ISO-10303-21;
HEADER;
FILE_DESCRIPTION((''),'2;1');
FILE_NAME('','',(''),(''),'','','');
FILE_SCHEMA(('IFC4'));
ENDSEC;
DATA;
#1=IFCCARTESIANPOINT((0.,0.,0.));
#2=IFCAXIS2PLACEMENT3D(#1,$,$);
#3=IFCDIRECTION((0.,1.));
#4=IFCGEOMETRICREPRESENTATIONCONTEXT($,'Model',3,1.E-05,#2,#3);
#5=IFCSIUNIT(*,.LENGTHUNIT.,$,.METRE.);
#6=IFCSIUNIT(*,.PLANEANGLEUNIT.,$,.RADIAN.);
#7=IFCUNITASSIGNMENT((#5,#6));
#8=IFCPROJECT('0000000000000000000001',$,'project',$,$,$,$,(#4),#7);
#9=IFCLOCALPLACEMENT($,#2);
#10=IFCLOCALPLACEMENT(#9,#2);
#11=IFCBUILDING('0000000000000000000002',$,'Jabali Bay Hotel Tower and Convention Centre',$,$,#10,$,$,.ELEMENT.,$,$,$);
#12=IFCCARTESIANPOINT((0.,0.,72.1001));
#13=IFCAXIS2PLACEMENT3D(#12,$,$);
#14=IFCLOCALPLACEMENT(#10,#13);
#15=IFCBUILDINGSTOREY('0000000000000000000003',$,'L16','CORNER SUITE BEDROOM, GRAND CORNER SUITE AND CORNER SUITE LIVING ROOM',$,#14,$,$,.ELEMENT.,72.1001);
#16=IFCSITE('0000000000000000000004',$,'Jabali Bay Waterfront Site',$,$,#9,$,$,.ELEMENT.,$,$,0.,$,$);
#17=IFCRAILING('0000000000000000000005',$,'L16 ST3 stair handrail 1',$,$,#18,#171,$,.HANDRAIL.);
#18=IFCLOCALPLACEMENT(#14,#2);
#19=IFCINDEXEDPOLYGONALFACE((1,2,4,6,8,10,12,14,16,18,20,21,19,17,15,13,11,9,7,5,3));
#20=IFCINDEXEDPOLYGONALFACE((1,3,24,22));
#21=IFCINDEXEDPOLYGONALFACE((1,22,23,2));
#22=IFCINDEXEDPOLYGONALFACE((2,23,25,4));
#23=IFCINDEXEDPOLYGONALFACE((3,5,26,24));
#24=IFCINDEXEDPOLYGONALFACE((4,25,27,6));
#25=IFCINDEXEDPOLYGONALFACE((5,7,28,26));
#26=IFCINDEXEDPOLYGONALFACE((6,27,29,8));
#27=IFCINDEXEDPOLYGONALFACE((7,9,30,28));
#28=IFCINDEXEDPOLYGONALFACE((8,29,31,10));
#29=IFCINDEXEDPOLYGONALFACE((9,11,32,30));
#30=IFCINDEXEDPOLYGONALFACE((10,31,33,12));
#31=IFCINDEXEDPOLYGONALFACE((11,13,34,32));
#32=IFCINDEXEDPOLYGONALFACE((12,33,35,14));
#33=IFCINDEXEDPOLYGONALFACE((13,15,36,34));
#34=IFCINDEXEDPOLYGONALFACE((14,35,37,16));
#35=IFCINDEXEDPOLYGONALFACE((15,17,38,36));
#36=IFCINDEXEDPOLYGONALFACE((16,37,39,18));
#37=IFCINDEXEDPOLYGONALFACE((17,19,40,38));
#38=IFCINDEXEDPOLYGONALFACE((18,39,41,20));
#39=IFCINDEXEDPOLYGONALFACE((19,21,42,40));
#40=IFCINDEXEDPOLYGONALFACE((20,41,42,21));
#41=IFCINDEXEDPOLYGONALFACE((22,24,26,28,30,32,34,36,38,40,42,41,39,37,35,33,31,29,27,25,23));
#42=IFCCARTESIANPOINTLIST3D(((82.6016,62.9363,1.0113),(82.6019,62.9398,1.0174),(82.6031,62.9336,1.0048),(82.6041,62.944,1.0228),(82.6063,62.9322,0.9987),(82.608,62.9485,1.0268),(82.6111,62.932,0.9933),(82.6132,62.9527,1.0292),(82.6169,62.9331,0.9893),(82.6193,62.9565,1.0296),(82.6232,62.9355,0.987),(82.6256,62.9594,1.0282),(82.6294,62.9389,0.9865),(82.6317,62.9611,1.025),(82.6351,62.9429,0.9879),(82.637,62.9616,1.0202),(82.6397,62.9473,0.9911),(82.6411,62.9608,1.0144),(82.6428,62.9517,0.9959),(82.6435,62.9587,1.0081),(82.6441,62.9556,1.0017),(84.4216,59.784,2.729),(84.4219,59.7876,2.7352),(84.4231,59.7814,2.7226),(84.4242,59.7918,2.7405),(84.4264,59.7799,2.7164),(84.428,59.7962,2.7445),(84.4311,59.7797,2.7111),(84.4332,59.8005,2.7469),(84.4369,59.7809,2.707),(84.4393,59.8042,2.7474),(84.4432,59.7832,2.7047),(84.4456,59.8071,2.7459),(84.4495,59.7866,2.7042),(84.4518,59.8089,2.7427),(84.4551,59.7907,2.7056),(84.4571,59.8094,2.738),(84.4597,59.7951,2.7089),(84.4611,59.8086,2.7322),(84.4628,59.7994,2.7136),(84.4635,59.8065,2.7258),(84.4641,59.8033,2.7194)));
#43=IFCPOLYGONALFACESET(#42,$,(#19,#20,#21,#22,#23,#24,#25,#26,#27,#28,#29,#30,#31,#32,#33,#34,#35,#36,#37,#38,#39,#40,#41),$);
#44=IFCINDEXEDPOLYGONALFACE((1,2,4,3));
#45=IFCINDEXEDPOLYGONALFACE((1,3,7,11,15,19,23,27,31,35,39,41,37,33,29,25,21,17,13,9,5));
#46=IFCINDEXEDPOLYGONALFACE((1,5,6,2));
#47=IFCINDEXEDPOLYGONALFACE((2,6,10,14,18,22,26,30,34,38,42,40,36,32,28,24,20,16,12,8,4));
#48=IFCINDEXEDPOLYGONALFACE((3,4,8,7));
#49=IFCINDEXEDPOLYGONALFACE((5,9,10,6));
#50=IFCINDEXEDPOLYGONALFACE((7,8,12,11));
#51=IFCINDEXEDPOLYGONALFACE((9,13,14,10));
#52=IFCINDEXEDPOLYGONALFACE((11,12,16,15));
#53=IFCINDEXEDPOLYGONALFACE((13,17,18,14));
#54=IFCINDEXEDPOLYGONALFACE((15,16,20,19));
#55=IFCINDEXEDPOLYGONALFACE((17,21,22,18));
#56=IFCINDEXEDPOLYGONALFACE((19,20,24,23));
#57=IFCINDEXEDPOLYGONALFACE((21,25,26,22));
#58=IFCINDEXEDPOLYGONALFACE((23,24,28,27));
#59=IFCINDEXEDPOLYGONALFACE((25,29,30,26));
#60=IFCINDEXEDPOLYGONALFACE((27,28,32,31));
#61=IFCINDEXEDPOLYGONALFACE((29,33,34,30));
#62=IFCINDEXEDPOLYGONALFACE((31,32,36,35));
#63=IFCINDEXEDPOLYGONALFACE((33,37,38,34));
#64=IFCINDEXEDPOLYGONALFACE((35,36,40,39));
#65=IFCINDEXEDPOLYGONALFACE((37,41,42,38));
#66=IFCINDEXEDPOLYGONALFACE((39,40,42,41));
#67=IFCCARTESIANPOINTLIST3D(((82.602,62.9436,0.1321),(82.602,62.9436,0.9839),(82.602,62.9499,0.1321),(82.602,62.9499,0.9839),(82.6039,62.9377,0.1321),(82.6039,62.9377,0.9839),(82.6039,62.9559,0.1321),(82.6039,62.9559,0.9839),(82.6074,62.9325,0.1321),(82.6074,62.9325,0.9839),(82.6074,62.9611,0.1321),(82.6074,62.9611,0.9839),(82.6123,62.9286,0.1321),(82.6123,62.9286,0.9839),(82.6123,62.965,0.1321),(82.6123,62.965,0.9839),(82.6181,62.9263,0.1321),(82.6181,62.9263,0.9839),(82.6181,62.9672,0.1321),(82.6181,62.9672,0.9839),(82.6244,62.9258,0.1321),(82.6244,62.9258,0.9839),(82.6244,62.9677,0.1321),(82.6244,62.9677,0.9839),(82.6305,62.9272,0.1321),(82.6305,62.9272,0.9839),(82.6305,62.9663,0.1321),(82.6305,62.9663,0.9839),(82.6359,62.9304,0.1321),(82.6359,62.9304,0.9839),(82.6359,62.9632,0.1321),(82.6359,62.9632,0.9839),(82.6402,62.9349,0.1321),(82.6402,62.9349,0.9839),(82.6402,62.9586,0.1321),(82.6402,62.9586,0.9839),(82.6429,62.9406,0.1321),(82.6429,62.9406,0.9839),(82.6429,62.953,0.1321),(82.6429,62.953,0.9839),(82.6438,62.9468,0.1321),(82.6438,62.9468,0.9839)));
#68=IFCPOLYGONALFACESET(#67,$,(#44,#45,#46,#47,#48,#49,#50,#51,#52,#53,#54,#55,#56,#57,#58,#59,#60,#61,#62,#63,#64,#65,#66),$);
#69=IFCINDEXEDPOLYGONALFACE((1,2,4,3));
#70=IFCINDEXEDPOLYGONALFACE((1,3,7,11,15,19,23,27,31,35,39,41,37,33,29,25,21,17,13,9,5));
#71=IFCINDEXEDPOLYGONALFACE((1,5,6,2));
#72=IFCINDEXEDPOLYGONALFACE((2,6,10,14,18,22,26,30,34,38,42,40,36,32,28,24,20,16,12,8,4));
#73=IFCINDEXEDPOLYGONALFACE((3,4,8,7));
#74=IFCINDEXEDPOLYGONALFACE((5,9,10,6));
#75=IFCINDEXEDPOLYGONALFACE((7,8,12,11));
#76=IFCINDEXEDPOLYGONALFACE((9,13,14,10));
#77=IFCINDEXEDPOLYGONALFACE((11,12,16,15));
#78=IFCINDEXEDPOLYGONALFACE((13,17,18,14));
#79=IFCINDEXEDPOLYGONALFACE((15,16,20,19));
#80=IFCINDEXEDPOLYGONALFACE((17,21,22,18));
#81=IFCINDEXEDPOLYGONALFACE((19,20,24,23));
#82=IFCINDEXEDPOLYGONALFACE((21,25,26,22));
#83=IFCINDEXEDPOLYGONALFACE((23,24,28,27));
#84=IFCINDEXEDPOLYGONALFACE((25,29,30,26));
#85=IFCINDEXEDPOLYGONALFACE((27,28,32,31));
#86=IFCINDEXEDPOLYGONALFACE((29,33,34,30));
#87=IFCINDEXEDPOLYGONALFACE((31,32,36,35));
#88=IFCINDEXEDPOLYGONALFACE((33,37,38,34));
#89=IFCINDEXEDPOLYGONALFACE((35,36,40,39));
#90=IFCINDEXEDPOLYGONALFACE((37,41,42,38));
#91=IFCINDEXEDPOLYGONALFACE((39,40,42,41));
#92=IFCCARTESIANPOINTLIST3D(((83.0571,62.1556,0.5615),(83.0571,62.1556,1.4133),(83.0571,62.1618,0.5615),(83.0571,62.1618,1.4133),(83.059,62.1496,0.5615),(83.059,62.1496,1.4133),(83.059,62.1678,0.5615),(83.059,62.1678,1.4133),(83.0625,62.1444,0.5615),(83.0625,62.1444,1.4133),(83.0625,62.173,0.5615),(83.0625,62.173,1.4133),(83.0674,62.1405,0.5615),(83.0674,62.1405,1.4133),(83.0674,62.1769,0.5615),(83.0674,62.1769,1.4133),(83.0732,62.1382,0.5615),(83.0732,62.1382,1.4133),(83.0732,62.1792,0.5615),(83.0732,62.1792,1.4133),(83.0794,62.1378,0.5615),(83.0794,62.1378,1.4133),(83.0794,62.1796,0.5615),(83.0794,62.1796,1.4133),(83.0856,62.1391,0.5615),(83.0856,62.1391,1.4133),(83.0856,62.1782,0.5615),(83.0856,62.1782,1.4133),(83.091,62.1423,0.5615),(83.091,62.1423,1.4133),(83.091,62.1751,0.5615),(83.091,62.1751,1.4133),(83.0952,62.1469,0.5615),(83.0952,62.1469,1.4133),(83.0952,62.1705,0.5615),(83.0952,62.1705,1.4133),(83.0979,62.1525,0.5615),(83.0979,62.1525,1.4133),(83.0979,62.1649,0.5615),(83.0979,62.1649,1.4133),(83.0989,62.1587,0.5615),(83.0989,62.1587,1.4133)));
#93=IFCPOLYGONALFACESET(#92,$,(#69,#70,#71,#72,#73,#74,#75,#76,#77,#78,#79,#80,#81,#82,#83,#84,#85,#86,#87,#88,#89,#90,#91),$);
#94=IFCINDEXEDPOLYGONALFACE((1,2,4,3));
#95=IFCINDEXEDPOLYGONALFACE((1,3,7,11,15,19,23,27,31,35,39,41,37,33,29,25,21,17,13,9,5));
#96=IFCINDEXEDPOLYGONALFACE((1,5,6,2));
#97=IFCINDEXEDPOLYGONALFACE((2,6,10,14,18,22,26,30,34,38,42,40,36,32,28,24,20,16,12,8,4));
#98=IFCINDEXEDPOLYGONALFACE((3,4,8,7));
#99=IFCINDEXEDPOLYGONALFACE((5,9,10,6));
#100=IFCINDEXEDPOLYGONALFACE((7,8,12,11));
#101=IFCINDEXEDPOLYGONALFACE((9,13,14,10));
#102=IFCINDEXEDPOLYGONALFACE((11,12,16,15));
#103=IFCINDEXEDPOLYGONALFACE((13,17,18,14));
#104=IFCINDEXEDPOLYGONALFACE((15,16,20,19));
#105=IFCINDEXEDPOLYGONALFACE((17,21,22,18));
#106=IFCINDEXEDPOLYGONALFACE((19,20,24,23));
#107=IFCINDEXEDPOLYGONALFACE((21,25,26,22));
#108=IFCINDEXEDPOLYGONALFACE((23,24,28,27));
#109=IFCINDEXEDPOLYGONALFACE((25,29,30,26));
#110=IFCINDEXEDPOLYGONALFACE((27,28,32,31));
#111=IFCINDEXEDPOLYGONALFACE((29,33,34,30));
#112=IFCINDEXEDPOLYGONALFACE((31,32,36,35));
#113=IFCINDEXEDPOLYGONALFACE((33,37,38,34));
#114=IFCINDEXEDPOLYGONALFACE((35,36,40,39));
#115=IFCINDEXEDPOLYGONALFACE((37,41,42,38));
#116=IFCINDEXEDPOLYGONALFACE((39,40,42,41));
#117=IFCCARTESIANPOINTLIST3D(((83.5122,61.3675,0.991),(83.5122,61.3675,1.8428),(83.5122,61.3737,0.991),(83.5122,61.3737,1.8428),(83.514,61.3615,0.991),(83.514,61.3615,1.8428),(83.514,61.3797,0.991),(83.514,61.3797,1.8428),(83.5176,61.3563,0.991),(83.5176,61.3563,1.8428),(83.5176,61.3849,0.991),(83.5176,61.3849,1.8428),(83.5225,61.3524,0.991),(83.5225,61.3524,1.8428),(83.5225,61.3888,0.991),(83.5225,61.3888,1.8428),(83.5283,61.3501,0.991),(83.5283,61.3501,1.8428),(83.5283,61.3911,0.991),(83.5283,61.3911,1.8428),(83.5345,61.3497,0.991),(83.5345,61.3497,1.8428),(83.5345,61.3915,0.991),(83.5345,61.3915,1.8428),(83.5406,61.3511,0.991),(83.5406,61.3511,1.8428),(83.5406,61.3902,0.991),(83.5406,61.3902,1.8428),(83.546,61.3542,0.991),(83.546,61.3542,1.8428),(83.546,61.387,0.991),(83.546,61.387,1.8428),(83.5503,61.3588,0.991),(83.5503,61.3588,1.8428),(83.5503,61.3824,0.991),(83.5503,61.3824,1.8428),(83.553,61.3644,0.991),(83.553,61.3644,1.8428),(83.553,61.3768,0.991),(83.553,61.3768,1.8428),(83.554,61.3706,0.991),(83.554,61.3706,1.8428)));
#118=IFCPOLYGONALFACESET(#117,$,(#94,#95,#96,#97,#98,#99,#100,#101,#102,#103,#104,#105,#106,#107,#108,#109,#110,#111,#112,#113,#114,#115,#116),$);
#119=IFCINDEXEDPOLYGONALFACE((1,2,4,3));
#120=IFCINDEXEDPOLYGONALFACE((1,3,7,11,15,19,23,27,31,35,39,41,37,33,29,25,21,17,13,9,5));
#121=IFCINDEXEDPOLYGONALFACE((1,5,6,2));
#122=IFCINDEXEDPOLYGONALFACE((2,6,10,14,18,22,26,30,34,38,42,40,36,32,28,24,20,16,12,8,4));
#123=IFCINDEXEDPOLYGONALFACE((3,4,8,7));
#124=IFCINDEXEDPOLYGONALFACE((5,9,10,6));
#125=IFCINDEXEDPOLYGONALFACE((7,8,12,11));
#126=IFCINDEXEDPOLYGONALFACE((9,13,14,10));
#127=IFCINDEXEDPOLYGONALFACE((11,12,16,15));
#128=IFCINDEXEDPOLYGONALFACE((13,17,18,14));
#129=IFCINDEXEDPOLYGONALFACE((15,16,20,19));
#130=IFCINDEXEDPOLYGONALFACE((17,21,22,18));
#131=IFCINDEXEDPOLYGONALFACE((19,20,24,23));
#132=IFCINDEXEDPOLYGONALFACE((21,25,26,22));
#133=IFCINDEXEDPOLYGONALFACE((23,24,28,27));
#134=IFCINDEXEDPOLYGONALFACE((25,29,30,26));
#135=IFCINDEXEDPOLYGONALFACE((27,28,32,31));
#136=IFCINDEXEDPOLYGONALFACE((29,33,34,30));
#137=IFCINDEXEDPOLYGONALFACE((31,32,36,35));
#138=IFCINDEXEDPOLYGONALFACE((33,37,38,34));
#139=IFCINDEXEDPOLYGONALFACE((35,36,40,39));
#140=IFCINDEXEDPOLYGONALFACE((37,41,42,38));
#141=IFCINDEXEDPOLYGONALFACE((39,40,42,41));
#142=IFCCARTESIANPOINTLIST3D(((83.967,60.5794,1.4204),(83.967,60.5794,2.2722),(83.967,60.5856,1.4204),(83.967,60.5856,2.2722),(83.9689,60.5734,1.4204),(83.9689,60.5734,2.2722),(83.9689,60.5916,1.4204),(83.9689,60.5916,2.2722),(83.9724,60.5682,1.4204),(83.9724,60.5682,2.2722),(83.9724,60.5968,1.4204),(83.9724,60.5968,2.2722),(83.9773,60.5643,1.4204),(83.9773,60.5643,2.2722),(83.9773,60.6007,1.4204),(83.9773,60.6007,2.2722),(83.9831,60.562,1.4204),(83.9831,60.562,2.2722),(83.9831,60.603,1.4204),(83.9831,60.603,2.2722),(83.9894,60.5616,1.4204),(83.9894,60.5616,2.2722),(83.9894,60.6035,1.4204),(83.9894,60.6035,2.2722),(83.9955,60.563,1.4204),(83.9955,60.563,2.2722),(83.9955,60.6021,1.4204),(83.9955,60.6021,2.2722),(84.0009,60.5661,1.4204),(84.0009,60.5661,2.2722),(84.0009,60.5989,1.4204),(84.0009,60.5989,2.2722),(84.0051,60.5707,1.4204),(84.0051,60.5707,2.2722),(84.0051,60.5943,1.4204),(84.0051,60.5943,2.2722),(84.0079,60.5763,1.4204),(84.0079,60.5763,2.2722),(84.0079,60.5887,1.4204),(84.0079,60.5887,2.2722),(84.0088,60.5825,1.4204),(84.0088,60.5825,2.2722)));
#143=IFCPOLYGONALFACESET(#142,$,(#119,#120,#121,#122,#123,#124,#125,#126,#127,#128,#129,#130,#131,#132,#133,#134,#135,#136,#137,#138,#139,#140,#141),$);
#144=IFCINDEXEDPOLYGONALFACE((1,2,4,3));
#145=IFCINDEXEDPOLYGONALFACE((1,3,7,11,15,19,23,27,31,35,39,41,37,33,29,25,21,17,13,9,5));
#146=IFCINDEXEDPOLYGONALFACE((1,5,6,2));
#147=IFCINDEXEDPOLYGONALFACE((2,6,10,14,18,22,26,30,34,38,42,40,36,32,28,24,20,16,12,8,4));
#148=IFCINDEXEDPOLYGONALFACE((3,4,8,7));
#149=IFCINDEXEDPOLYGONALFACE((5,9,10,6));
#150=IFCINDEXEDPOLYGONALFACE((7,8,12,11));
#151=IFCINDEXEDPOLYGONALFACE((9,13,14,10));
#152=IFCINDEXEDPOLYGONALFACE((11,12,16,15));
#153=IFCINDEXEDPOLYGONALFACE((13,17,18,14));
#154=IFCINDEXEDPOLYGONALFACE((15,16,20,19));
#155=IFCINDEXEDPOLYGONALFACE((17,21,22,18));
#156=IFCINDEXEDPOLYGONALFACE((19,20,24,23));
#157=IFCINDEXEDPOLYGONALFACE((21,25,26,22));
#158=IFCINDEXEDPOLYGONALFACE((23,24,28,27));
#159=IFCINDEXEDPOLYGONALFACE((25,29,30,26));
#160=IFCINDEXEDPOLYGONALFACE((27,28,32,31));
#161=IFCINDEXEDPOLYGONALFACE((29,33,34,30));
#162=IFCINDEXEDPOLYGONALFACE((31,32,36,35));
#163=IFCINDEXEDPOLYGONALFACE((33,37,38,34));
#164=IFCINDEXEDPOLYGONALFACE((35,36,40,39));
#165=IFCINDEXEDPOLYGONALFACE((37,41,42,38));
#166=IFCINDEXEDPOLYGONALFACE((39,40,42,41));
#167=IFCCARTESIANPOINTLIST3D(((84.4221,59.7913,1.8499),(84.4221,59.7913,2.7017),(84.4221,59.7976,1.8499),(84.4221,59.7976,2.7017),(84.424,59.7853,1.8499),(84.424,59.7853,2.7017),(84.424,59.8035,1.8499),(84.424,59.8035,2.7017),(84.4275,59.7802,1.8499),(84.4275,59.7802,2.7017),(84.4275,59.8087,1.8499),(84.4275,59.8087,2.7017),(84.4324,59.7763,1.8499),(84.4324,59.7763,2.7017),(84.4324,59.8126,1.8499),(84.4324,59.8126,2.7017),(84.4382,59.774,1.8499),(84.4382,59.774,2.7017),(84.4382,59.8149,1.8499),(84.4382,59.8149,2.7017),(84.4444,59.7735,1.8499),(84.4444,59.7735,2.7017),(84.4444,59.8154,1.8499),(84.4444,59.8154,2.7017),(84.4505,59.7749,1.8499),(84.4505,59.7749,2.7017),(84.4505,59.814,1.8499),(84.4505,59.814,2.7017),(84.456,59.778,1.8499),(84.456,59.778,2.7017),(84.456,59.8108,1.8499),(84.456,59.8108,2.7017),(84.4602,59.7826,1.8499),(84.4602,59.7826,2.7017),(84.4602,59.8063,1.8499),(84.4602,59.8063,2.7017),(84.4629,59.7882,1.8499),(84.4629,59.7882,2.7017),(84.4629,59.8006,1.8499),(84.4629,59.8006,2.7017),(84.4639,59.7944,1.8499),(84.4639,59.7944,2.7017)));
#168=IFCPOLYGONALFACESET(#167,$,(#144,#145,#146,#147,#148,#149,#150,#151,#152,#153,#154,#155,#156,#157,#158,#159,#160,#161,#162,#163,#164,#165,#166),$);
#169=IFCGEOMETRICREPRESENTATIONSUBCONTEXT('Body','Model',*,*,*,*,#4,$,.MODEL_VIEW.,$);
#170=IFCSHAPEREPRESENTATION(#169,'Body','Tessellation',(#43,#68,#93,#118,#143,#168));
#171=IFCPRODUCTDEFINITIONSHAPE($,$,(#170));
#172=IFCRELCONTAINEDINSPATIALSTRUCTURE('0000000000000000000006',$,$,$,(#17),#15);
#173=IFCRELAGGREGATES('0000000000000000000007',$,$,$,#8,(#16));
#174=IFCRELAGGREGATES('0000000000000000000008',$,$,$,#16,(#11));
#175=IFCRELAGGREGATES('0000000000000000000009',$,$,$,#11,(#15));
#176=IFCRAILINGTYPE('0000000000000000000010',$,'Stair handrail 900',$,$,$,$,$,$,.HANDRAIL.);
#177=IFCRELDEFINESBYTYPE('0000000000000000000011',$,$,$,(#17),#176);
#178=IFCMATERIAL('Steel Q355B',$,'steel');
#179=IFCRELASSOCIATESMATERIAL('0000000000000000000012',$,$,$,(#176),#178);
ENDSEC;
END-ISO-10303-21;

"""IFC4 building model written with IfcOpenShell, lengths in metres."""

from ifc_helpers import new_model, si_unit, direction, frame, origin, origin_2d, place, context, subcontext, project, spatial, circle, extrude, material, type_object, element, save


model = new_model("IFC4")

# Units and contexts
model_context = context("Model", 3, precision=1e-05, world=origin(), true_north=direction((0.0, 1.0)))
body_context = subcontext(model_context, "Body", "Model", "MODEL_VIEW")
ifc_project = project(units=[si_unit("LENGTHUNIT", "METRE"), si_unit("PLANEANGLEUNIT", "RADIAN")], contexts=[model_context])

# Site, building, storey
site_placement = place(None, origin())
site = spatial("IfcSite", under=ifc_project, at=site_placement, Name="Jabali Bay Waterfront Site", CompositionType="ELEMENT", RefElevation=0.0)
building_placement = place(site_placement, origin())
building = spatial("IfcBuilding", under=site, at=building_placement, Name="Jabali Bay Hotel Tower and Convention Centre", CompositionType="ELEMENT")
storey_placement = place(building_placement, frame((0.0, 0.0, 72.1001)))
storey = spatial("IfcBuildingStorey", under=building, at=storey_placement, Name="L16", Description="CORNER SUITE BEDROOM, GRAND CORNER SUITE AND CORNER SUITE LIVING ROOM", CompositionType="ELEMENT", Elevation=72.1001)

# Railing
ifc_material_1 = material(Name="Steel Q355B", Category="steel")
railing_type_1 = type_object("IfcRailingType", Name="Stair handrail 900", PredefinedType="HANDRAIL", material=ifc_material_1)
railing_1_placement = place(storey_placement, frame((82.6228, 62.9468, 0.1321)))
element("IfcRailing", 1, at=railing_1_placement, inside=storey, type_object=railing_type_1, Name="L16 ST3 stair handrail 1", PredefinedType="HANDRAIL", context=body_context, shape_type="SweptSolid", body=[
    extrude(circle(Radius=0.0239, at=origin_2d()), frame((0.0, 0.0, 0.876), z_axis=(0.45219, -0.78319, 0.426775), x_axis=(0.866018, 0.500013, 0.0)), (0.0, 0.0, 1.0), 4.0249),
    extrude(circle(Radius=0.021, at=origin_2d()), origin(), (0.0, 0.0, 1.0), 0.8518),
    extrude(circle(Radius=0.021, at=origin_2d()), frame((0.4551, -0.7881, 0.4294)), (0.0, 0.0, 1.0), 0.8518),
    extrude(circle(Radius=0.021, at=origin_2d()), frame((0.9102, -1.5762, 0.8589)), (0.0, 0.0, 1.0), 0.8518),
    extrude(circle(Radius=0.021, at=origin_2d()), frame((1.365, -2.3643, 1.2883)), (0.0, 0.0, 1.0), 0.8518),
    extrude(circle(Radius=0.021, at=origin_2d()), frame((1.8201, -3.1523, 1.7178)), (0.0, 0.0, 1.0), 0.8518),
])

save(model, "model.ifc")
